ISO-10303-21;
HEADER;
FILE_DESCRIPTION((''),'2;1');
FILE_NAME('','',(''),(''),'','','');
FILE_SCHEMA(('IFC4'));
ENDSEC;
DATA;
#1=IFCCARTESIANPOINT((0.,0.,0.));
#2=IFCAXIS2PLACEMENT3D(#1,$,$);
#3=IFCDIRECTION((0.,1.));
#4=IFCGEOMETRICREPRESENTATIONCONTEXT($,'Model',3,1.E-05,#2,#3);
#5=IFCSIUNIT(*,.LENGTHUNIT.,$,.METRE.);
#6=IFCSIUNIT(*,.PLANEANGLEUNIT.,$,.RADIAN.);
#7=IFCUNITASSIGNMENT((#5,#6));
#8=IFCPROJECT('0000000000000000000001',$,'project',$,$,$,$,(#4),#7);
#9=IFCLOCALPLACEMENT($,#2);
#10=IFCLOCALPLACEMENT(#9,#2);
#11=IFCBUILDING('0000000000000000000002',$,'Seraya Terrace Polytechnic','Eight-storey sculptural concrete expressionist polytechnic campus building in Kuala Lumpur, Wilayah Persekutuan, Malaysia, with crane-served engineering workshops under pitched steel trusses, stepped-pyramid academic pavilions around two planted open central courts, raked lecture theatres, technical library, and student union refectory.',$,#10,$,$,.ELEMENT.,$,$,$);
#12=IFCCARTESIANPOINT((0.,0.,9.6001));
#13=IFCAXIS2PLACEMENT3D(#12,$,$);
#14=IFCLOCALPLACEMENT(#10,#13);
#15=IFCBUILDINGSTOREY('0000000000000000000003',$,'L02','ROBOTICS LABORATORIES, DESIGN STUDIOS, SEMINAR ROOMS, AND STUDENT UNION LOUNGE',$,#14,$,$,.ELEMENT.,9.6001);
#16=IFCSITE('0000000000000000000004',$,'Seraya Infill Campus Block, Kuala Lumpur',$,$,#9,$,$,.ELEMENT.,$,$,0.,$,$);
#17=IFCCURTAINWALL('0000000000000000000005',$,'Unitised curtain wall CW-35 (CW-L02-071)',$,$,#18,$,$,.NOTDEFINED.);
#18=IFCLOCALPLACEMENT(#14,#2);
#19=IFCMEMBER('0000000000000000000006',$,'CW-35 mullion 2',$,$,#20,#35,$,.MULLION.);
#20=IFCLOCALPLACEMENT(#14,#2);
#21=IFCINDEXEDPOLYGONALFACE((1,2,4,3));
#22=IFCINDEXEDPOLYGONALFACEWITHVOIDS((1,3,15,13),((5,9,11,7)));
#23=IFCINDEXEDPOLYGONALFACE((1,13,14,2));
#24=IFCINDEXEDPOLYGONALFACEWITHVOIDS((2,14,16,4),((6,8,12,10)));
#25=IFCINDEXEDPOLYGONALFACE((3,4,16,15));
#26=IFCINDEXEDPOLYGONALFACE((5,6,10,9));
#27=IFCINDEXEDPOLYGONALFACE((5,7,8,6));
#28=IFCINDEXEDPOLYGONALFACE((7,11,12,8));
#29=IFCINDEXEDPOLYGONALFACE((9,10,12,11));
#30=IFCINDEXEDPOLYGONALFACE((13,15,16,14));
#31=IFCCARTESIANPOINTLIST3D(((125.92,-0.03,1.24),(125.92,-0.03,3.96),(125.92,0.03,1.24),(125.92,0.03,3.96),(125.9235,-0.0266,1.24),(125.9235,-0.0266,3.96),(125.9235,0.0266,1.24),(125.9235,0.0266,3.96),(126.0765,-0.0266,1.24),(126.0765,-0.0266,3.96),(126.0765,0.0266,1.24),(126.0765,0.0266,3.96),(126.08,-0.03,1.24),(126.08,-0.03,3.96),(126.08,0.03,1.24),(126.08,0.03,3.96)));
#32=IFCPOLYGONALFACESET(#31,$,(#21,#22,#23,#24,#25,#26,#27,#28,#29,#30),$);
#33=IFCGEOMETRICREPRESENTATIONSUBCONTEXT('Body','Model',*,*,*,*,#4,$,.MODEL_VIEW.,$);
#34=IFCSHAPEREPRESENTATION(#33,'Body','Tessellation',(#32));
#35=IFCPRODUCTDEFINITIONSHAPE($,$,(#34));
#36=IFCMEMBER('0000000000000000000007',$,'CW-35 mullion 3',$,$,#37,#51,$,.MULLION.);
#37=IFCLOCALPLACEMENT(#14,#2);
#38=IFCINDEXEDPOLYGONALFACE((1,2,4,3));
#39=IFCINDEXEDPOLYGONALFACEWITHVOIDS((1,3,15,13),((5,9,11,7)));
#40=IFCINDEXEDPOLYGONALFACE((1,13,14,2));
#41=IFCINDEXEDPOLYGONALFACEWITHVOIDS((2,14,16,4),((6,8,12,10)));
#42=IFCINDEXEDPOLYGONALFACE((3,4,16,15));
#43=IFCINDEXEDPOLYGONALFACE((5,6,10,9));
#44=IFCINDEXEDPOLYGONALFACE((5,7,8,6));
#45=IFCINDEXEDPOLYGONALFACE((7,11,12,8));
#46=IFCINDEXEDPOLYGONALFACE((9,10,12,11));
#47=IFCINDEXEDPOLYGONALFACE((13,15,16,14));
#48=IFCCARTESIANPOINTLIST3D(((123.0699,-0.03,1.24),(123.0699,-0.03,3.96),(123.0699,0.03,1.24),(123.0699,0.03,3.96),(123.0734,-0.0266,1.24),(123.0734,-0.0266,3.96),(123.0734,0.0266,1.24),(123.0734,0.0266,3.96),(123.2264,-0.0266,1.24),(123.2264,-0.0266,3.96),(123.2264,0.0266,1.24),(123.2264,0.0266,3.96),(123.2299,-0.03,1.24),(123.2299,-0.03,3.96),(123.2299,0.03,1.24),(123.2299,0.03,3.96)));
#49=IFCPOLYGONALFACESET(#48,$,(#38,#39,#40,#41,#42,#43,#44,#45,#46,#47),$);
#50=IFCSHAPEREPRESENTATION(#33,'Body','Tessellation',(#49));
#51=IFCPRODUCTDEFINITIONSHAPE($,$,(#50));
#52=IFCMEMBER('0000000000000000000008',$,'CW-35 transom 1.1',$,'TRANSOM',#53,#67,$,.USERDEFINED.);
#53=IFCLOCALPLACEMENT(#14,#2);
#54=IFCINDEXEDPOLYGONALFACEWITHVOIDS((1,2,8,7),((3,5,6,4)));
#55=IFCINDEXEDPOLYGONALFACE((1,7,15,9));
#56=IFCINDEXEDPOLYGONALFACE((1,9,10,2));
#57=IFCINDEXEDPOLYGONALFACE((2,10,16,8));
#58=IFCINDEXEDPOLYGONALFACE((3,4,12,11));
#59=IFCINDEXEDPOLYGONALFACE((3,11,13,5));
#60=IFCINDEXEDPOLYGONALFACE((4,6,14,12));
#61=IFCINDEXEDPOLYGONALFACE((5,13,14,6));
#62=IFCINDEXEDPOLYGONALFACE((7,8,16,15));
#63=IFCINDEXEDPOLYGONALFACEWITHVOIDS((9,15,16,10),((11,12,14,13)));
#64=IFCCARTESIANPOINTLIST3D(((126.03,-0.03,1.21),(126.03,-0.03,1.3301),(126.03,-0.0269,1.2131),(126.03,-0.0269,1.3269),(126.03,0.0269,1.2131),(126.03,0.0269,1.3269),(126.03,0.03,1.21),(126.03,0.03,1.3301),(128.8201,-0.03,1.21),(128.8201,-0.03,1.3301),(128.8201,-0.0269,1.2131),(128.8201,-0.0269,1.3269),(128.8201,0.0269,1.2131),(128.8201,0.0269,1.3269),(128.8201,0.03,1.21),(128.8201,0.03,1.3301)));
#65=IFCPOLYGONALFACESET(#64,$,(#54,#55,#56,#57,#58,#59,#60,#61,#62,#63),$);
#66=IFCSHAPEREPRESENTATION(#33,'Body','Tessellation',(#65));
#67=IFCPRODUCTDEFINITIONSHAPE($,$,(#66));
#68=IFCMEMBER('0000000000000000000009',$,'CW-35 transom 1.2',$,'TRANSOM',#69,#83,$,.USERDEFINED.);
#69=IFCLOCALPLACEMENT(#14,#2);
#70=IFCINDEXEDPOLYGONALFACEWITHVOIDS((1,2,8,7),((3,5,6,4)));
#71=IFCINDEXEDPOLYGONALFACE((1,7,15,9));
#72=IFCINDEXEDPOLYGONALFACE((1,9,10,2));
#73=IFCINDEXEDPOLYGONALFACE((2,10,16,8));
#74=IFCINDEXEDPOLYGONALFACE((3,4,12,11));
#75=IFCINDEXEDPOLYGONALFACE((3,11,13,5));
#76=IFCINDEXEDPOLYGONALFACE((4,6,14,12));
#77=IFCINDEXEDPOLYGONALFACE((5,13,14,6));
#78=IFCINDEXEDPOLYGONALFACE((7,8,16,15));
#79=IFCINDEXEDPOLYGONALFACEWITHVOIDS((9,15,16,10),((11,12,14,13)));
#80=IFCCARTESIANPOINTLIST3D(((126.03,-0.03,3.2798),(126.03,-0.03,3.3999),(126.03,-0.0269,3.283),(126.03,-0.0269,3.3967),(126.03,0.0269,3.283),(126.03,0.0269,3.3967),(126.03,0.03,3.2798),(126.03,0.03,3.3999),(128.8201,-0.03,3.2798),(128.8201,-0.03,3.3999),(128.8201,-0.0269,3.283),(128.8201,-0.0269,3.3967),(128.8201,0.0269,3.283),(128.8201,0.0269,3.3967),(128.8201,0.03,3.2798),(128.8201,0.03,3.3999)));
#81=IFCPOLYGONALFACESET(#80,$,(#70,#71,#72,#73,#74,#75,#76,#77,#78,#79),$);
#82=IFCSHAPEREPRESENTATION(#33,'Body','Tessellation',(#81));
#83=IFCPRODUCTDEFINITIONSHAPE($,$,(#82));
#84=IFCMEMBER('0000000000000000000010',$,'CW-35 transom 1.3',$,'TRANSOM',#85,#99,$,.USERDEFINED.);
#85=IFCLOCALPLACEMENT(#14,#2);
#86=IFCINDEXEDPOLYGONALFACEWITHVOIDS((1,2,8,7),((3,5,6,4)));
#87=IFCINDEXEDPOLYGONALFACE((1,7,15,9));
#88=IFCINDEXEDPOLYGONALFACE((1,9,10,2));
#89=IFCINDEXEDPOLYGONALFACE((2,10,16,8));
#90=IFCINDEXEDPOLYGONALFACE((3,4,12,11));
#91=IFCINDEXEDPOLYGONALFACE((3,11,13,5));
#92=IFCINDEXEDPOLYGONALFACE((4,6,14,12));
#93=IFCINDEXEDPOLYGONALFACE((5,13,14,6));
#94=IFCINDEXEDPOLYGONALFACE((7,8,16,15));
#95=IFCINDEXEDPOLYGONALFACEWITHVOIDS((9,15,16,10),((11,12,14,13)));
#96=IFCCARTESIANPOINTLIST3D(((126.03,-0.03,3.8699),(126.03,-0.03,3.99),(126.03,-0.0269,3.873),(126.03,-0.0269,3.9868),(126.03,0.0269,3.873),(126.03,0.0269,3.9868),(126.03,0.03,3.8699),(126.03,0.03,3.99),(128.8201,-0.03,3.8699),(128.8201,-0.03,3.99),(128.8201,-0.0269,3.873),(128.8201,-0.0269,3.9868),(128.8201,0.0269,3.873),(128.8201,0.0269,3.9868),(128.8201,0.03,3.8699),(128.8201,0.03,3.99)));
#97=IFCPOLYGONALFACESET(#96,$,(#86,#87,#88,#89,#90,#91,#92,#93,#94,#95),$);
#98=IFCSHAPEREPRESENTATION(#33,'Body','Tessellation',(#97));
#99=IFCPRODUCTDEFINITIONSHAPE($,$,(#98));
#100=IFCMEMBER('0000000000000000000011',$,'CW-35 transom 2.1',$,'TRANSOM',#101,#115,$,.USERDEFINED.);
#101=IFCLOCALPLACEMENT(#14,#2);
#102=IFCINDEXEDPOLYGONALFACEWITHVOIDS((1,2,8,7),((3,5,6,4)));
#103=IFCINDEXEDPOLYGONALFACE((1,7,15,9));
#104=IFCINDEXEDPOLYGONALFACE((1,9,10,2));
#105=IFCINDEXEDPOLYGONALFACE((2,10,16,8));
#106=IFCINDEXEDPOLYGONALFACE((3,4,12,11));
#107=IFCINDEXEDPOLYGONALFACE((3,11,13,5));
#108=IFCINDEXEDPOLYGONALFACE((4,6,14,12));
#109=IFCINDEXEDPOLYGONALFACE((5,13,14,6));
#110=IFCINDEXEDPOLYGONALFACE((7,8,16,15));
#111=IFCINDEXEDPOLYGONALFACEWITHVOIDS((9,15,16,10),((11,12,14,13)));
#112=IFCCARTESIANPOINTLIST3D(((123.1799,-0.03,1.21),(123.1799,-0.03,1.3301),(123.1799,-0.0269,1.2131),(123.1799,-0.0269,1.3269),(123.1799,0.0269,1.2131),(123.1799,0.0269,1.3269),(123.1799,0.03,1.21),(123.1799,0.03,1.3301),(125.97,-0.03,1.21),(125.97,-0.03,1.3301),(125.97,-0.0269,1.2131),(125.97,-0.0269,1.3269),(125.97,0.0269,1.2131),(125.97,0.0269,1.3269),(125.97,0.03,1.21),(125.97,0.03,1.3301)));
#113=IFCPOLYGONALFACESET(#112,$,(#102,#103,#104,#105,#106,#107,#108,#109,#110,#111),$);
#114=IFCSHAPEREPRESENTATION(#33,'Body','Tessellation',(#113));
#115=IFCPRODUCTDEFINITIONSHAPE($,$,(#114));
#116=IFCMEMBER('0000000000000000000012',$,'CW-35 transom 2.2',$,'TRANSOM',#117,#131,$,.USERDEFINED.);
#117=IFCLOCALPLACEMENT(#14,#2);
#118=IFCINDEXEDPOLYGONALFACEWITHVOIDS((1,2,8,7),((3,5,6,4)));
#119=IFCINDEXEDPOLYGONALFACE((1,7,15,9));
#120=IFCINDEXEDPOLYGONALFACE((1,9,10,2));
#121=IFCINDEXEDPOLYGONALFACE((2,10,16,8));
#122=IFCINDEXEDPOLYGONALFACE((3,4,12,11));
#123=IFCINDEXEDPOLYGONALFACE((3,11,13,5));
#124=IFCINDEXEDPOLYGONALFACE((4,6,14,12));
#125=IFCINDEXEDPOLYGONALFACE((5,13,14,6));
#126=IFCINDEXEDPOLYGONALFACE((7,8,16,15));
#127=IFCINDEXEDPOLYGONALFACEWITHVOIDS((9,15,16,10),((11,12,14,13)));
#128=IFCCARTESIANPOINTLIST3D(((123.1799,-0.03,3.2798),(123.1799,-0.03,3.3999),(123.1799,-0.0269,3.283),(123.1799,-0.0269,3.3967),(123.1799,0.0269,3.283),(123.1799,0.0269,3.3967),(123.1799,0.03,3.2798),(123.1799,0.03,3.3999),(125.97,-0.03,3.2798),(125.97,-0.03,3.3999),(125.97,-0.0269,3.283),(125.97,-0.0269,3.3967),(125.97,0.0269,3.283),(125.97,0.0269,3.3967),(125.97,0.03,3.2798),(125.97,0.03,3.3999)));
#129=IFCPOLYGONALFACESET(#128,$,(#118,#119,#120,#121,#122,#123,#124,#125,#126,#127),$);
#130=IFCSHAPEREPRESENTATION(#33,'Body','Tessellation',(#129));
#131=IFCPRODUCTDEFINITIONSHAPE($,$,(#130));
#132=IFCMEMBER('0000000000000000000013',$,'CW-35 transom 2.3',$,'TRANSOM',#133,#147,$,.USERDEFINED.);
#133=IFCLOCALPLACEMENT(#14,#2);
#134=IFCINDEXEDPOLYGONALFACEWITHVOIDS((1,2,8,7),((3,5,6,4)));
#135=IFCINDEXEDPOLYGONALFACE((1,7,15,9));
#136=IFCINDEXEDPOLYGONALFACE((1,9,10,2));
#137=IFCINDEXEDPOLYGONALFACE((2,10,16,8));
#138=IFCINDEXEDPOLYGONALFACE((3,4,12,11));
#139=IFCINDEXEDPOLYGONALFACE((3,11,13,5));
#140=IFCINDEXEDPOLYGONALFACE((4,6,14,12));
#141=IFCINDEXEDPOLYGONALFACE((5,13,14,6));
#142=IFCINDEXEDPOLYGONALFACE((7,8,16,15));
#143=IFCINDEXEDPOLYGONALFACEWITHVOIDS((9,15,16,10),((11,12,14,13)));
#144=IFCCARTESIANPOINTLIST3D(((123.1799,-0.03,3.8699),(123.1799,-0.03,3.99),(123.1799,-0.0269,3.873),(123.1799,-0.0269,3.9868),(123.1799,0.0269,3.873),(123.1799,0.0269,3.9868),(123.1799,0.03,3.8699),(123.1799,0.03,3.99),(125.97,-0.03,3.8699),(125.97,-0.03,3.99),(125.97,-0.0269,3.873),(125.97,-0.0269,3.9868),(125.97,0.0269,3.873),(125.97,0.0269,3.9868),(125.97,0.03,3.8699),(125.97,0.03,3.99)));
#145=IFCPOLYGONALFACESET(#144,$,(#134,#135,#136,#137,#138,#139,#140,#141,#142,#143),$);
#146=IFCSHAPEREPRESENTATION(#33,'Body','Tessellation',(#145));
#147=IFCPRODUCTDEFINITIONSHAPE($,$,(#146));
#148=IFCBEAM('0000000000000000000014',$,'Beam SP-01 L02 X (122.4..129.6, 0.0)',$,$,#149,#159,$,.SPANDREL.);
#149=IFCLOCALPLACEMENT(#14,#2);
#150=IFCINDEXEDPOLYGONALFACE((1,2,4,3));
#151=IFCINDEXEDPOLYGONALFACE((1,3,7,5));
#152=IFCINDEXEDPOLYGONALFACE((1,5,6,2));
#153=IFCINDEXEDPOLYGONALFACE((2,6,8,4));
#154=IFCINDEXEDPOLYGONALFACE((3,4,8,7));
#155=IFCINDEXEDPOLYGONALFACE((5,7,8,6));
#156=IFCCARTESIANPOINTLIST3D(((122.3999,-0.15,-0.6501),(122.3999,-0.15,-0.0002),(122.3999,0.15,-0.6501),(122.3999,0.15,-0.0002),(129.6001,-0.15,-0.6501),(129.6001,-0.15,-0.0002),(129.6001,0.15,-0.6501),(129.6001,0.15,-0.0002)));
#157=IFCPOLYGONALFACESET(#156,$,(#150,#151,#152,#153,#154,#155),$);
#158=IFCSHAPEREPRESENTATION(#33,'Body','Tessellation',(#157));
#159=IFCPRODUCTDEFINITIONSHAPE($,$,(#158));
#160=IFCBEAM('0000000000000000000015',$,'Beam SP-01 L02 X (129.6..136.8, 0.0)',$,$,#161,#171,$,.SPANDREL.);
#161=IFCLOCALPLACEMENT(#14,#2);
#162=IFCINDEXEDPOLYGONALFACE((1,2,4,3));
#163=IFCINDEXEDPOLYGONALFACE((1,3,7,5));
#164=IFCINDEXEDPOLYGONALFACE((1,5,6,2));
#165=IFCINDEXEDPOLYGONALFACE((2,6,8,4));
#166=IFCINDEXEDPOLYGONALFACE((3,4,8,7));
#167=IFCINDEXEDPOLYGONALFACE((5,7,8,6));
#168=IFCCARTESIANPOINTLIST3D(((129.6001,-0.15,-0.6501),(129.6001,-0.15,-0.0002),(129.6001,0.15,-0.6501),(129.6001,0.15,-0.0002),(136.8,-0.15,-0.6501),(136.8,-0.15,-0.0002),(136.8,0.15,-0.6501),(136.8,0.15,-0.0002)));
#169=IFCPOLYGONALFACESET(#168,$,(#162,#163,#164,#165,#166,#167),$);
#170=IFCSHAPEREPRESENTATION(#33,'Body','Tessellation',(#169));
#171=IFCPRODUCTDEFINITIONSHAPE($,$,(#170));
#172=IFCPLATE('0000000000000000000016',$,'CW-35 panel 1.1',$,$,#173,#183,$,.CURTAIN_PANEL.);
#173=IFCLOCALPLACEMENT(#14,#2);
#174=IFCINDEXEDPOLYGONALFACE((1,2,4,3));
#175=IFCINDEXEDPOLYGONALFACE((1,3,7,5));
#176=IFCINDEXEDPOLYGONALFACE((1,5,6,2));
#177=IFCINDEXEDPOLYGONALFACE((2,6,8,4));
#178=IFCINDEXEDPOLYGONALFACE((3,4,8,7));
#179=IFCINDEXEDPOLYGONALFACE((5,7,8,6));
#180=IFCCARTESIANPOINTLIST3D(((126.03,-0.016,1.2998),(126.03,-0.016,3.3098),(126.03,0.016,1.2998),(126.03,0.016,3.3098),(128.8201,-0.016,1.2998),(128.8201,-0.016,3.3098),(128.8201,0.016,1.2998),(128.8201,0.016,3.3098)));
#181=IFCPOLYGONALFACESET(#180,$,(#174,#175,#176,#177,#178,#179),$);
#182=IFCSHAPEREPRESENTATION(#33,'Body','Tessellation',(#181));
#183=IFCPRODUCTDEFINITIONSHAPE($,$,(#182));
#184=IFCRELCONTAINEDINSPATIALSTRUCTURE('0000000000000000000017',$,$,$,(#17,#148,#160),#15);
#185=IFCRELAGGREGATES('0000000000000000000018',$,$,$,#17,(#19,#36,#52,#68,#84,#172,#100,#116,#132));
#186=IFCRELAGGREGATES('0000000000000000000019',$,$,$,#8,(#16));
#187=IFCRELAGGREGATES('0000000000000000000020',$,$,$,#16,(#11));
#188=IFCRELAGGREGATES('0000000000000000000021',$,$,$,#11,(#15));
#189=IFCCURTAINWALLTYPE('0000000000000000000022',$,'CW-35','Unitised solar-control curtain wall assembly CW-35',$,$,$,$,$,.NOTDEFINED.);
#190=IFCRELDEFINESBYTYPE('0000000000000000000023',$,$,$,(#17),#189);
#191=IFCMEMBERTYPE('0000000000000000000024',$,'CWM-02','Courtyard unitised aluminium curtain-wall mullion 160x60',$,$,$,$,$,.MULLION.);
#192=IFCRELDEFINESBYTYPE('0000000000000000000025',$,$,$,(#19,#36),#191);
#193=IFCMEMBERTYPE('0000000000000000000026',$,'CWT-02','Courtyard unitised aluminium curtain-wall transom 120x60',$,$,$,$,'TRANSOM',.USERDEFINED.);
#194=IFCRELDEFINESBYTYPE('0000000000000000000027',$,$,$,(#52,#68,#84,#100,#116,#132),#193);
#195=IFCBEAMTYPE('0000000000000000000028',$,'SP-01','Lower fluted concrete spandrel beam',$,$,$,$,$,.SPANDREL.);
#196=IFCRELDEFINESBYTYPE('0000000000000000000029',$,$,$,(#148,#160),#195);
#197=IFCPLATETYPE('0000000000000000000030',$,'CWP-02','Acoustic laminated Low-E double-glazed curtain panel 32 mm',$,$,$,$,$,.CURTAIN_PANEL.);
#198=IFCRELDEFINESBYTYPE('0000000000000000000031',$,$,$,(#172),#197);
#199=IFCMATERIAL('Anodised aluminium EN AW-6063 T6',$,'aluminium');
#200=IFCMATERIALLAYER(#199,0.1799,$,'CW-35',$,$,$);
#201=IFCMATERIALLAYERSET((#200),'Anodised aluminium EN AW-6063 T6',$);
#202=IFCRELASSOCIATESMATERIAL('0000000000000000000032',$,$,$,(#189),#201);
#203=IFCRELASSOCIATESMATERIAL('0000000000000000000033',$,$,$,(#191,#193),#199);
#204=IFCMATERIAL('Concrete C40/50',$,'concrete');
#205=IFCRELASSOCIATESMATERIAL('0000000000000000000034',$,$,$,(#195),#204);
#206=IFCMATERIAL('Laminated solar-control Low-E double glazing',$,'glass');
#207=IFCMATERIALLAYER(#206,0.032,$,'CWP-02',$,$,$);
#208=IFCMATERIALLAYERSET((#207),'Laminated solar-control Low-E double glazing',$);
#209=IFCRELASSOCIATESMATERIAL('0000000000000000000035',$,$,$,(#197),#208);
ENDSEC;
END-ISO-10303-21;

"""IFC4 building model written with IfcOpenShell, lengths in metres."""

from ifc_helpers import new_model, si_unit, direction, frame, origin, origin_2d, place, context, subcontext, project, spatial, rectangle, hollow_rectangle, extrude, material, layer, layer_set, material_profile, profile_set, type_object, element, aggregate, save


model = new_model("IFC4")

# Units and contexts
model_context = context("Model", 3, precision=1e-05, world=origin(), true_north=direction((0.0, 1.0)))
body_context = subcontext(model_context, "Body", "Model", "MODEL_VIEW")
ifc_project = project(units=[si_unit("LENGTHUNIT", "METRE"), si_unit("PLANEANGLEUNIT", "RADIAN")], contexts=[model_context])

# Site, building, storey
site_placement = place(None, origin())
site = spatial("IfcSite", under=ifc_project, at=site_placement, Name="Seraya Infill Campus Block, Kuala Lumpur", CompositionType="ELEMENT", RefElevation=0.0)
building_placement = place(site_placement, origin())
building = spatial("IfcBuilding", under=site, at=building_placement, Name="Seraya Terrace Polytechnic", Description="Eight-storey sculptural concrete expressionist polytechnic campus building in Kuala Lumpur, Wilayah Persekutuan, Malaysia, with crane-served engineering workshops under pitched steel trusses, stepped-pyramid academic pavilions around two planted open central courts, raked lecture theatres, technical library, and student union refectory.", CompositionType="ELEMENT")
storey_placement = place(building_placement, frame((0.0, 0.0, 9.6001)))
storey = spatial("IfcBuildingStorey", under=building, at=storey_placement, Name="L02", Description="ROBOTICS LABORATORIES, DESIGN STUDIOS, SEMINAR ROOMS, AND STUDENT UNION LOUNGE", CompositionType="ELEMENT", Elevation=9.6001)

# Shared definitions
ifc_material_1 = material(Name="Concrete C40/50", Category="concrete")

# Curtain wall, members
ifc_material_2 = material(Name="Anodised aluminium EN AW-6063 T6", Category="aluminium")
ifc_layer_1 = layer(ifc_material_2, 0.1799, Name="CW-35")
ifc_layer_set_1 = layer_set([ifc_layer_1], Name="Anodised aluminium EN AW-6063 T6")
curtain_wall_type = type_object("IfcCurtainWallType", Name="CW-35", Description="Unitised solar-control curtain wall assembly CW-35", PredefinedType="NOTDEFINED", material=ifc_layer_set_1)
curtain_wall_placement = place(storey_placement, origin())
curtain_wall = element("IfcCurtainWall", 1, at=curtain_wall_placement, inside=storey, type_object=curtain_wall_type, Name="Unitised curtain wall CW-35 (CW-L02-071)", PredefinedType="NOTDEFINED")
ifc_material_profile_1 = material_profile(ifc_material_2, hollow_rectangle(XDim=0.0601, YDim=0.1599, WallThickness=0.0034, at=origin_2d()), Name="RHS 160x60x3.5")
ifc_profile_set_1 = profile_set([ifc_material_profile_1], Name="Anodised aluminium EN AW-6063 T6")
member_type_1 = type_object("IfcMemberType", Name="CWM-02", Description="Courtyard unitised aluminium curtain-wall mullion 160x60", PredefinedType="MULLION", material=ifc_profile_set_1)
member_1_placement = place(storey_placement, frame((126.0, 0.0, 1.24), z_axis=(0.0, 0.0, 1.0), x_axis=(0.0, -1.0, 0.0)))
member_1 = element("IfcMember", 2, at=member_1_placement, type_object=member_type_1, Name="CW-35 mullion 2", PredefinedType="MULLION", context=body_context, shape_type="SweptSolid", body=[
    extrude(hollow_rectangle(XDim=0.0601, YDim=0.1599, WallThickness=0.0034, at=origin_2d()), origin(), (0.0, 0.0, 1.0), 2.72),
])
member_2_placement = place(storey_placement, frame((123.1499, 0.0, 1.24), z_axis=(0.0, 0.0, 1.0), x_axis=(0.0, -1.0, 0.0)))
member_2 = element("IfcMember", 3, at=member_2_placement, type_object=member_type_1, Name="CW-35 mullion 3", PredefinedType="MULLION", context=body_context, shape_type="SweptSolid", body=[
    extrude(hollow_rectangle(XDim=0.0601, YDim=0.1599, WallThickness=0.0034, at=origin_2d()), origin(), (0.0, 0.0, 1.0), 2.72),
])
ifc_material_profile_2 = material_profile(ifc_material_2, hollow_rectangle(XDim=0.0601, YDim=0.1201, WallThickness=0.0032, at=origin_2d()), Name="RHS 120x60x3.2")
ifc_profile_set_2 = profile_set([ifc_material_profile_2], Name="Anodised aluminium EN AW-6063 T6")
member_type_2 = type_object("IfcMemberType", Name="CWT-02", Description="Courtyard unitised aluminium curtain-wall transom 120x60", ElementType="TRANSOM", PredefinedType="USERDEFINED", material=ifc_profile_set_2)
member_3_placement = place(storey_placement, frame((128.8201, 0.0, 1.27), z_axis=(-1.0, 0.0, 0.0), x_axis=(0.0, -1.0, 0.0)))
member_3 = element("IfcMember", 4, at=member_3_placement, type_object=member_type_2, Name="CW-35 transom 1.1", ObjectType="TRANSOM", PredefinedType="USERDEFINED", context=body_context, shape_type="SweptSolid", body=[
    extrude(hollow_rectangle(XDim=0.0601, YDim=0.1201, WallThickness=0.0032, at=origin_2d()), origin(), (0.0, 0.0, 1.0), 2.79),
])
member_4_placement = place(storey_placement, frame((128.8201, 0.0, 3.3398), z_axis=(-1.0, 0.0, 0.0), x_axis=(0.0, -1.0, 0.0)))
member_4 = element("IfcMember", 5, at=member_4_placement, type_object=member_type_2, Name="CW-35 transom 1.2", ObjectType="TRANSOM", PredefinedType="USERDEFINED", context=body_context, shape_type="SweptSolid", body=[
    extrude(hollow_rectangle(XDim=0.0601, YDim=0.1201, WallThickness=0.0032, at=origin_2d()), origin(), (0.0, 0.0, 1.0), 2.79),
])
member_5_placement = place(storey_placement, frame((128.8201, 0.0, 3.9299), z_axis=(-1.0, 0.0, 0.0), x_axis=(0.0, -1.0, 0.0)))
member_5 = element("IfcMember", 6, at=member_5_placement, type_object=member_type_2, Name="CW-35 transom 1.3", ObjectType="TRANSOM", PredefinedType="USERDEFINED", context=body_context, shape_type="SweptSolid", body=[
    extrude(hollow_rectangle(XDim=0.0601, YDim=0.1201, WallThickness=0.0032, at=origin_2d()), origin(), (0.0, 0.0, 1.0), 2.79),
])
member_6_placement = place(storey_placement, frame((125.97, 0.0, 1.27), z_axis=(-1.0, 0.0, 0.0), x_axis=(0.0, -1.0, 0.0)))
member_6 = element("IfcMember", 7, at=member_6_placement, type_object=member_type_2, Name="CW-35 transom 2.1", ObjectType="TRANSOM", PredefinedType="USERDEFINED", context=body_context, shape_type="SweptSolid", body=[
    extrude(hollow_rectangle(XDim=0.0601, YDim=0.1201, WallThickness=0.0032, at=origin_2d()), origin(), (0.0, 0.0, 1.0), 2.79),
])
member_7_placement = place(storey_placement, frame((125.97, 0.0, 3.3398), z_axis=(-1.0, 0.0, 0.0), x_axis=(0.0, -1.0, 0.0)))
member_7 = element("IfcMember", 8, at=member_7_placement, type_object=member_type_2, Name="CW-35 transom 2.2", ObjectType="TRANSOM", PredefinedType="USERDEFINED", context=body_context, shape_type="SweptSolid", body=[
    extrude(hollow_rectangle(XDim=0.0601, YDim=0.1201, WallThickness=0.0032, at=origin_2d()), origin(), (0.0, 0.0, 1.0), 2.79),
])
member_8_placement = place(storey_placement, frame((125.97, 0.0, 3.9299), z_axis=(-1.0, 0.0, 0.0), x_axis=(0.0, -1.0, 0.0)))
member_8 = element("IfcMember", 9, at=member_8_placement, type_object=member_type_2, Name="CW-35 transom 2.3", ObjectType="TRANSOM", PredefinedType="USERDEFINED", context=body_context, shape_type="SweptSolid", body=[
    extrude(hollow_rectangle(XDim=0.0601, YDim=0.1201, WallThickness=0.0032, at=origin_2d()), origin(), (0.0, 0.0, 1.0), 2.79),
])

# Beams
ifc_material_profile_3 = material_profile(ifc_material_1, rectangle(XDim=0.3, YDim=0.6499, at=origin_2d()), Name="RC 300x650")
ifc_profile_set_3 = profile_set([ifc_material_profile_3], Name="Concrete C40/50")
beam_type_1 = type_object("IfcBeamType", Name="SP-01", Description="Lower fluted concrete spandrel beam", PredefinedType="SPANDREL", material=ifc_profile_set_3)
beam_1_placement = place(storey_placement, frame((122.3999, 0.0, -0.3252), z_axis=(1.0, 0.0, 0.0), x_axis=(0.0, 1.0, 0.0)))
element("IfcBeam", 10, at=beam_1_placement, inside=storey, type_object=beam_type_1, Name="Beam SP-01 L02 X (122.4..129.6, 0.0)", PredefinedType="SPANDREL", context=body_context, shape_type="SweptSolid", body=[
    extrude(rectangle(XDim=0.3, YDim=0.6499, at=origin_2d()), origin(), (0.0, 0.0, 1.0), 7.2002),
])
beam_2_placement = place(storey_placement, frame((129.6001, 0.0, -0.3252), z_axis=(1.0, 0.0, 0.0), x_axis=(0.0, 1.0, 0.0)))
element("IfcBeam", 11, at=beam_2_placement, inside=storey, type_object=beam_type_1, Name="Beam SP-01 L02 X (129.6..136.8, 0.0)", PredefinedType="SPANDREL", context=body_context, shape_type="SweptSolid", body=[
    extrude(rectangle(XDim=0.3, YDim=0.6499, at=origin_2d()), origin(), (0.0, 0.0, 1.0), 7.2),
])

# Plate
ifc_material_3 = material(Name="Laminated solar-control Low-E double glazing", Category="glass")
ifc_layer_2 = layer(ifc_material_3, 0.032, Name="CWP-02")
ifc_layer_set_2 = layer_set([ifc_layer_2], Name="Laminated solar-control Low-E double glazing")
plate_type = type_object("IfcPlateType", Name="CWP-02", Description="Acoustic laminated Low-E double-glazed curtain panel 32 mm", PredefinedType="CURTAIN_PANEL", material=ifc_layer_set_2)
plate_1_placement = place(storey_placement, frame((127.425, 0.0, 1.2998), z_axis=(0.0, 0.0, 1.0), x_axis=(-1.0, 0.0, 0.0)))
plate_1 = element("IfcPlate", 12, at=plate_1_placement, type_object=plate_type, Name="CW-35 panel 1.1", PredefinedType="CURTAIN_PANEL", context=body_context, shape_type="SweptSolid", body=[
    extrude(rectangle(XDim=2.79, YDim=0.032, at=origin_2d()), origin(), (0.0, 0.0, 1.0), 2.01),
])
aggregate(curtain_wall, [member_1, member_2, member_3, member_4, member_5, plate_1, member_6, member_7, member_8])

save(model, "model.ifc")
